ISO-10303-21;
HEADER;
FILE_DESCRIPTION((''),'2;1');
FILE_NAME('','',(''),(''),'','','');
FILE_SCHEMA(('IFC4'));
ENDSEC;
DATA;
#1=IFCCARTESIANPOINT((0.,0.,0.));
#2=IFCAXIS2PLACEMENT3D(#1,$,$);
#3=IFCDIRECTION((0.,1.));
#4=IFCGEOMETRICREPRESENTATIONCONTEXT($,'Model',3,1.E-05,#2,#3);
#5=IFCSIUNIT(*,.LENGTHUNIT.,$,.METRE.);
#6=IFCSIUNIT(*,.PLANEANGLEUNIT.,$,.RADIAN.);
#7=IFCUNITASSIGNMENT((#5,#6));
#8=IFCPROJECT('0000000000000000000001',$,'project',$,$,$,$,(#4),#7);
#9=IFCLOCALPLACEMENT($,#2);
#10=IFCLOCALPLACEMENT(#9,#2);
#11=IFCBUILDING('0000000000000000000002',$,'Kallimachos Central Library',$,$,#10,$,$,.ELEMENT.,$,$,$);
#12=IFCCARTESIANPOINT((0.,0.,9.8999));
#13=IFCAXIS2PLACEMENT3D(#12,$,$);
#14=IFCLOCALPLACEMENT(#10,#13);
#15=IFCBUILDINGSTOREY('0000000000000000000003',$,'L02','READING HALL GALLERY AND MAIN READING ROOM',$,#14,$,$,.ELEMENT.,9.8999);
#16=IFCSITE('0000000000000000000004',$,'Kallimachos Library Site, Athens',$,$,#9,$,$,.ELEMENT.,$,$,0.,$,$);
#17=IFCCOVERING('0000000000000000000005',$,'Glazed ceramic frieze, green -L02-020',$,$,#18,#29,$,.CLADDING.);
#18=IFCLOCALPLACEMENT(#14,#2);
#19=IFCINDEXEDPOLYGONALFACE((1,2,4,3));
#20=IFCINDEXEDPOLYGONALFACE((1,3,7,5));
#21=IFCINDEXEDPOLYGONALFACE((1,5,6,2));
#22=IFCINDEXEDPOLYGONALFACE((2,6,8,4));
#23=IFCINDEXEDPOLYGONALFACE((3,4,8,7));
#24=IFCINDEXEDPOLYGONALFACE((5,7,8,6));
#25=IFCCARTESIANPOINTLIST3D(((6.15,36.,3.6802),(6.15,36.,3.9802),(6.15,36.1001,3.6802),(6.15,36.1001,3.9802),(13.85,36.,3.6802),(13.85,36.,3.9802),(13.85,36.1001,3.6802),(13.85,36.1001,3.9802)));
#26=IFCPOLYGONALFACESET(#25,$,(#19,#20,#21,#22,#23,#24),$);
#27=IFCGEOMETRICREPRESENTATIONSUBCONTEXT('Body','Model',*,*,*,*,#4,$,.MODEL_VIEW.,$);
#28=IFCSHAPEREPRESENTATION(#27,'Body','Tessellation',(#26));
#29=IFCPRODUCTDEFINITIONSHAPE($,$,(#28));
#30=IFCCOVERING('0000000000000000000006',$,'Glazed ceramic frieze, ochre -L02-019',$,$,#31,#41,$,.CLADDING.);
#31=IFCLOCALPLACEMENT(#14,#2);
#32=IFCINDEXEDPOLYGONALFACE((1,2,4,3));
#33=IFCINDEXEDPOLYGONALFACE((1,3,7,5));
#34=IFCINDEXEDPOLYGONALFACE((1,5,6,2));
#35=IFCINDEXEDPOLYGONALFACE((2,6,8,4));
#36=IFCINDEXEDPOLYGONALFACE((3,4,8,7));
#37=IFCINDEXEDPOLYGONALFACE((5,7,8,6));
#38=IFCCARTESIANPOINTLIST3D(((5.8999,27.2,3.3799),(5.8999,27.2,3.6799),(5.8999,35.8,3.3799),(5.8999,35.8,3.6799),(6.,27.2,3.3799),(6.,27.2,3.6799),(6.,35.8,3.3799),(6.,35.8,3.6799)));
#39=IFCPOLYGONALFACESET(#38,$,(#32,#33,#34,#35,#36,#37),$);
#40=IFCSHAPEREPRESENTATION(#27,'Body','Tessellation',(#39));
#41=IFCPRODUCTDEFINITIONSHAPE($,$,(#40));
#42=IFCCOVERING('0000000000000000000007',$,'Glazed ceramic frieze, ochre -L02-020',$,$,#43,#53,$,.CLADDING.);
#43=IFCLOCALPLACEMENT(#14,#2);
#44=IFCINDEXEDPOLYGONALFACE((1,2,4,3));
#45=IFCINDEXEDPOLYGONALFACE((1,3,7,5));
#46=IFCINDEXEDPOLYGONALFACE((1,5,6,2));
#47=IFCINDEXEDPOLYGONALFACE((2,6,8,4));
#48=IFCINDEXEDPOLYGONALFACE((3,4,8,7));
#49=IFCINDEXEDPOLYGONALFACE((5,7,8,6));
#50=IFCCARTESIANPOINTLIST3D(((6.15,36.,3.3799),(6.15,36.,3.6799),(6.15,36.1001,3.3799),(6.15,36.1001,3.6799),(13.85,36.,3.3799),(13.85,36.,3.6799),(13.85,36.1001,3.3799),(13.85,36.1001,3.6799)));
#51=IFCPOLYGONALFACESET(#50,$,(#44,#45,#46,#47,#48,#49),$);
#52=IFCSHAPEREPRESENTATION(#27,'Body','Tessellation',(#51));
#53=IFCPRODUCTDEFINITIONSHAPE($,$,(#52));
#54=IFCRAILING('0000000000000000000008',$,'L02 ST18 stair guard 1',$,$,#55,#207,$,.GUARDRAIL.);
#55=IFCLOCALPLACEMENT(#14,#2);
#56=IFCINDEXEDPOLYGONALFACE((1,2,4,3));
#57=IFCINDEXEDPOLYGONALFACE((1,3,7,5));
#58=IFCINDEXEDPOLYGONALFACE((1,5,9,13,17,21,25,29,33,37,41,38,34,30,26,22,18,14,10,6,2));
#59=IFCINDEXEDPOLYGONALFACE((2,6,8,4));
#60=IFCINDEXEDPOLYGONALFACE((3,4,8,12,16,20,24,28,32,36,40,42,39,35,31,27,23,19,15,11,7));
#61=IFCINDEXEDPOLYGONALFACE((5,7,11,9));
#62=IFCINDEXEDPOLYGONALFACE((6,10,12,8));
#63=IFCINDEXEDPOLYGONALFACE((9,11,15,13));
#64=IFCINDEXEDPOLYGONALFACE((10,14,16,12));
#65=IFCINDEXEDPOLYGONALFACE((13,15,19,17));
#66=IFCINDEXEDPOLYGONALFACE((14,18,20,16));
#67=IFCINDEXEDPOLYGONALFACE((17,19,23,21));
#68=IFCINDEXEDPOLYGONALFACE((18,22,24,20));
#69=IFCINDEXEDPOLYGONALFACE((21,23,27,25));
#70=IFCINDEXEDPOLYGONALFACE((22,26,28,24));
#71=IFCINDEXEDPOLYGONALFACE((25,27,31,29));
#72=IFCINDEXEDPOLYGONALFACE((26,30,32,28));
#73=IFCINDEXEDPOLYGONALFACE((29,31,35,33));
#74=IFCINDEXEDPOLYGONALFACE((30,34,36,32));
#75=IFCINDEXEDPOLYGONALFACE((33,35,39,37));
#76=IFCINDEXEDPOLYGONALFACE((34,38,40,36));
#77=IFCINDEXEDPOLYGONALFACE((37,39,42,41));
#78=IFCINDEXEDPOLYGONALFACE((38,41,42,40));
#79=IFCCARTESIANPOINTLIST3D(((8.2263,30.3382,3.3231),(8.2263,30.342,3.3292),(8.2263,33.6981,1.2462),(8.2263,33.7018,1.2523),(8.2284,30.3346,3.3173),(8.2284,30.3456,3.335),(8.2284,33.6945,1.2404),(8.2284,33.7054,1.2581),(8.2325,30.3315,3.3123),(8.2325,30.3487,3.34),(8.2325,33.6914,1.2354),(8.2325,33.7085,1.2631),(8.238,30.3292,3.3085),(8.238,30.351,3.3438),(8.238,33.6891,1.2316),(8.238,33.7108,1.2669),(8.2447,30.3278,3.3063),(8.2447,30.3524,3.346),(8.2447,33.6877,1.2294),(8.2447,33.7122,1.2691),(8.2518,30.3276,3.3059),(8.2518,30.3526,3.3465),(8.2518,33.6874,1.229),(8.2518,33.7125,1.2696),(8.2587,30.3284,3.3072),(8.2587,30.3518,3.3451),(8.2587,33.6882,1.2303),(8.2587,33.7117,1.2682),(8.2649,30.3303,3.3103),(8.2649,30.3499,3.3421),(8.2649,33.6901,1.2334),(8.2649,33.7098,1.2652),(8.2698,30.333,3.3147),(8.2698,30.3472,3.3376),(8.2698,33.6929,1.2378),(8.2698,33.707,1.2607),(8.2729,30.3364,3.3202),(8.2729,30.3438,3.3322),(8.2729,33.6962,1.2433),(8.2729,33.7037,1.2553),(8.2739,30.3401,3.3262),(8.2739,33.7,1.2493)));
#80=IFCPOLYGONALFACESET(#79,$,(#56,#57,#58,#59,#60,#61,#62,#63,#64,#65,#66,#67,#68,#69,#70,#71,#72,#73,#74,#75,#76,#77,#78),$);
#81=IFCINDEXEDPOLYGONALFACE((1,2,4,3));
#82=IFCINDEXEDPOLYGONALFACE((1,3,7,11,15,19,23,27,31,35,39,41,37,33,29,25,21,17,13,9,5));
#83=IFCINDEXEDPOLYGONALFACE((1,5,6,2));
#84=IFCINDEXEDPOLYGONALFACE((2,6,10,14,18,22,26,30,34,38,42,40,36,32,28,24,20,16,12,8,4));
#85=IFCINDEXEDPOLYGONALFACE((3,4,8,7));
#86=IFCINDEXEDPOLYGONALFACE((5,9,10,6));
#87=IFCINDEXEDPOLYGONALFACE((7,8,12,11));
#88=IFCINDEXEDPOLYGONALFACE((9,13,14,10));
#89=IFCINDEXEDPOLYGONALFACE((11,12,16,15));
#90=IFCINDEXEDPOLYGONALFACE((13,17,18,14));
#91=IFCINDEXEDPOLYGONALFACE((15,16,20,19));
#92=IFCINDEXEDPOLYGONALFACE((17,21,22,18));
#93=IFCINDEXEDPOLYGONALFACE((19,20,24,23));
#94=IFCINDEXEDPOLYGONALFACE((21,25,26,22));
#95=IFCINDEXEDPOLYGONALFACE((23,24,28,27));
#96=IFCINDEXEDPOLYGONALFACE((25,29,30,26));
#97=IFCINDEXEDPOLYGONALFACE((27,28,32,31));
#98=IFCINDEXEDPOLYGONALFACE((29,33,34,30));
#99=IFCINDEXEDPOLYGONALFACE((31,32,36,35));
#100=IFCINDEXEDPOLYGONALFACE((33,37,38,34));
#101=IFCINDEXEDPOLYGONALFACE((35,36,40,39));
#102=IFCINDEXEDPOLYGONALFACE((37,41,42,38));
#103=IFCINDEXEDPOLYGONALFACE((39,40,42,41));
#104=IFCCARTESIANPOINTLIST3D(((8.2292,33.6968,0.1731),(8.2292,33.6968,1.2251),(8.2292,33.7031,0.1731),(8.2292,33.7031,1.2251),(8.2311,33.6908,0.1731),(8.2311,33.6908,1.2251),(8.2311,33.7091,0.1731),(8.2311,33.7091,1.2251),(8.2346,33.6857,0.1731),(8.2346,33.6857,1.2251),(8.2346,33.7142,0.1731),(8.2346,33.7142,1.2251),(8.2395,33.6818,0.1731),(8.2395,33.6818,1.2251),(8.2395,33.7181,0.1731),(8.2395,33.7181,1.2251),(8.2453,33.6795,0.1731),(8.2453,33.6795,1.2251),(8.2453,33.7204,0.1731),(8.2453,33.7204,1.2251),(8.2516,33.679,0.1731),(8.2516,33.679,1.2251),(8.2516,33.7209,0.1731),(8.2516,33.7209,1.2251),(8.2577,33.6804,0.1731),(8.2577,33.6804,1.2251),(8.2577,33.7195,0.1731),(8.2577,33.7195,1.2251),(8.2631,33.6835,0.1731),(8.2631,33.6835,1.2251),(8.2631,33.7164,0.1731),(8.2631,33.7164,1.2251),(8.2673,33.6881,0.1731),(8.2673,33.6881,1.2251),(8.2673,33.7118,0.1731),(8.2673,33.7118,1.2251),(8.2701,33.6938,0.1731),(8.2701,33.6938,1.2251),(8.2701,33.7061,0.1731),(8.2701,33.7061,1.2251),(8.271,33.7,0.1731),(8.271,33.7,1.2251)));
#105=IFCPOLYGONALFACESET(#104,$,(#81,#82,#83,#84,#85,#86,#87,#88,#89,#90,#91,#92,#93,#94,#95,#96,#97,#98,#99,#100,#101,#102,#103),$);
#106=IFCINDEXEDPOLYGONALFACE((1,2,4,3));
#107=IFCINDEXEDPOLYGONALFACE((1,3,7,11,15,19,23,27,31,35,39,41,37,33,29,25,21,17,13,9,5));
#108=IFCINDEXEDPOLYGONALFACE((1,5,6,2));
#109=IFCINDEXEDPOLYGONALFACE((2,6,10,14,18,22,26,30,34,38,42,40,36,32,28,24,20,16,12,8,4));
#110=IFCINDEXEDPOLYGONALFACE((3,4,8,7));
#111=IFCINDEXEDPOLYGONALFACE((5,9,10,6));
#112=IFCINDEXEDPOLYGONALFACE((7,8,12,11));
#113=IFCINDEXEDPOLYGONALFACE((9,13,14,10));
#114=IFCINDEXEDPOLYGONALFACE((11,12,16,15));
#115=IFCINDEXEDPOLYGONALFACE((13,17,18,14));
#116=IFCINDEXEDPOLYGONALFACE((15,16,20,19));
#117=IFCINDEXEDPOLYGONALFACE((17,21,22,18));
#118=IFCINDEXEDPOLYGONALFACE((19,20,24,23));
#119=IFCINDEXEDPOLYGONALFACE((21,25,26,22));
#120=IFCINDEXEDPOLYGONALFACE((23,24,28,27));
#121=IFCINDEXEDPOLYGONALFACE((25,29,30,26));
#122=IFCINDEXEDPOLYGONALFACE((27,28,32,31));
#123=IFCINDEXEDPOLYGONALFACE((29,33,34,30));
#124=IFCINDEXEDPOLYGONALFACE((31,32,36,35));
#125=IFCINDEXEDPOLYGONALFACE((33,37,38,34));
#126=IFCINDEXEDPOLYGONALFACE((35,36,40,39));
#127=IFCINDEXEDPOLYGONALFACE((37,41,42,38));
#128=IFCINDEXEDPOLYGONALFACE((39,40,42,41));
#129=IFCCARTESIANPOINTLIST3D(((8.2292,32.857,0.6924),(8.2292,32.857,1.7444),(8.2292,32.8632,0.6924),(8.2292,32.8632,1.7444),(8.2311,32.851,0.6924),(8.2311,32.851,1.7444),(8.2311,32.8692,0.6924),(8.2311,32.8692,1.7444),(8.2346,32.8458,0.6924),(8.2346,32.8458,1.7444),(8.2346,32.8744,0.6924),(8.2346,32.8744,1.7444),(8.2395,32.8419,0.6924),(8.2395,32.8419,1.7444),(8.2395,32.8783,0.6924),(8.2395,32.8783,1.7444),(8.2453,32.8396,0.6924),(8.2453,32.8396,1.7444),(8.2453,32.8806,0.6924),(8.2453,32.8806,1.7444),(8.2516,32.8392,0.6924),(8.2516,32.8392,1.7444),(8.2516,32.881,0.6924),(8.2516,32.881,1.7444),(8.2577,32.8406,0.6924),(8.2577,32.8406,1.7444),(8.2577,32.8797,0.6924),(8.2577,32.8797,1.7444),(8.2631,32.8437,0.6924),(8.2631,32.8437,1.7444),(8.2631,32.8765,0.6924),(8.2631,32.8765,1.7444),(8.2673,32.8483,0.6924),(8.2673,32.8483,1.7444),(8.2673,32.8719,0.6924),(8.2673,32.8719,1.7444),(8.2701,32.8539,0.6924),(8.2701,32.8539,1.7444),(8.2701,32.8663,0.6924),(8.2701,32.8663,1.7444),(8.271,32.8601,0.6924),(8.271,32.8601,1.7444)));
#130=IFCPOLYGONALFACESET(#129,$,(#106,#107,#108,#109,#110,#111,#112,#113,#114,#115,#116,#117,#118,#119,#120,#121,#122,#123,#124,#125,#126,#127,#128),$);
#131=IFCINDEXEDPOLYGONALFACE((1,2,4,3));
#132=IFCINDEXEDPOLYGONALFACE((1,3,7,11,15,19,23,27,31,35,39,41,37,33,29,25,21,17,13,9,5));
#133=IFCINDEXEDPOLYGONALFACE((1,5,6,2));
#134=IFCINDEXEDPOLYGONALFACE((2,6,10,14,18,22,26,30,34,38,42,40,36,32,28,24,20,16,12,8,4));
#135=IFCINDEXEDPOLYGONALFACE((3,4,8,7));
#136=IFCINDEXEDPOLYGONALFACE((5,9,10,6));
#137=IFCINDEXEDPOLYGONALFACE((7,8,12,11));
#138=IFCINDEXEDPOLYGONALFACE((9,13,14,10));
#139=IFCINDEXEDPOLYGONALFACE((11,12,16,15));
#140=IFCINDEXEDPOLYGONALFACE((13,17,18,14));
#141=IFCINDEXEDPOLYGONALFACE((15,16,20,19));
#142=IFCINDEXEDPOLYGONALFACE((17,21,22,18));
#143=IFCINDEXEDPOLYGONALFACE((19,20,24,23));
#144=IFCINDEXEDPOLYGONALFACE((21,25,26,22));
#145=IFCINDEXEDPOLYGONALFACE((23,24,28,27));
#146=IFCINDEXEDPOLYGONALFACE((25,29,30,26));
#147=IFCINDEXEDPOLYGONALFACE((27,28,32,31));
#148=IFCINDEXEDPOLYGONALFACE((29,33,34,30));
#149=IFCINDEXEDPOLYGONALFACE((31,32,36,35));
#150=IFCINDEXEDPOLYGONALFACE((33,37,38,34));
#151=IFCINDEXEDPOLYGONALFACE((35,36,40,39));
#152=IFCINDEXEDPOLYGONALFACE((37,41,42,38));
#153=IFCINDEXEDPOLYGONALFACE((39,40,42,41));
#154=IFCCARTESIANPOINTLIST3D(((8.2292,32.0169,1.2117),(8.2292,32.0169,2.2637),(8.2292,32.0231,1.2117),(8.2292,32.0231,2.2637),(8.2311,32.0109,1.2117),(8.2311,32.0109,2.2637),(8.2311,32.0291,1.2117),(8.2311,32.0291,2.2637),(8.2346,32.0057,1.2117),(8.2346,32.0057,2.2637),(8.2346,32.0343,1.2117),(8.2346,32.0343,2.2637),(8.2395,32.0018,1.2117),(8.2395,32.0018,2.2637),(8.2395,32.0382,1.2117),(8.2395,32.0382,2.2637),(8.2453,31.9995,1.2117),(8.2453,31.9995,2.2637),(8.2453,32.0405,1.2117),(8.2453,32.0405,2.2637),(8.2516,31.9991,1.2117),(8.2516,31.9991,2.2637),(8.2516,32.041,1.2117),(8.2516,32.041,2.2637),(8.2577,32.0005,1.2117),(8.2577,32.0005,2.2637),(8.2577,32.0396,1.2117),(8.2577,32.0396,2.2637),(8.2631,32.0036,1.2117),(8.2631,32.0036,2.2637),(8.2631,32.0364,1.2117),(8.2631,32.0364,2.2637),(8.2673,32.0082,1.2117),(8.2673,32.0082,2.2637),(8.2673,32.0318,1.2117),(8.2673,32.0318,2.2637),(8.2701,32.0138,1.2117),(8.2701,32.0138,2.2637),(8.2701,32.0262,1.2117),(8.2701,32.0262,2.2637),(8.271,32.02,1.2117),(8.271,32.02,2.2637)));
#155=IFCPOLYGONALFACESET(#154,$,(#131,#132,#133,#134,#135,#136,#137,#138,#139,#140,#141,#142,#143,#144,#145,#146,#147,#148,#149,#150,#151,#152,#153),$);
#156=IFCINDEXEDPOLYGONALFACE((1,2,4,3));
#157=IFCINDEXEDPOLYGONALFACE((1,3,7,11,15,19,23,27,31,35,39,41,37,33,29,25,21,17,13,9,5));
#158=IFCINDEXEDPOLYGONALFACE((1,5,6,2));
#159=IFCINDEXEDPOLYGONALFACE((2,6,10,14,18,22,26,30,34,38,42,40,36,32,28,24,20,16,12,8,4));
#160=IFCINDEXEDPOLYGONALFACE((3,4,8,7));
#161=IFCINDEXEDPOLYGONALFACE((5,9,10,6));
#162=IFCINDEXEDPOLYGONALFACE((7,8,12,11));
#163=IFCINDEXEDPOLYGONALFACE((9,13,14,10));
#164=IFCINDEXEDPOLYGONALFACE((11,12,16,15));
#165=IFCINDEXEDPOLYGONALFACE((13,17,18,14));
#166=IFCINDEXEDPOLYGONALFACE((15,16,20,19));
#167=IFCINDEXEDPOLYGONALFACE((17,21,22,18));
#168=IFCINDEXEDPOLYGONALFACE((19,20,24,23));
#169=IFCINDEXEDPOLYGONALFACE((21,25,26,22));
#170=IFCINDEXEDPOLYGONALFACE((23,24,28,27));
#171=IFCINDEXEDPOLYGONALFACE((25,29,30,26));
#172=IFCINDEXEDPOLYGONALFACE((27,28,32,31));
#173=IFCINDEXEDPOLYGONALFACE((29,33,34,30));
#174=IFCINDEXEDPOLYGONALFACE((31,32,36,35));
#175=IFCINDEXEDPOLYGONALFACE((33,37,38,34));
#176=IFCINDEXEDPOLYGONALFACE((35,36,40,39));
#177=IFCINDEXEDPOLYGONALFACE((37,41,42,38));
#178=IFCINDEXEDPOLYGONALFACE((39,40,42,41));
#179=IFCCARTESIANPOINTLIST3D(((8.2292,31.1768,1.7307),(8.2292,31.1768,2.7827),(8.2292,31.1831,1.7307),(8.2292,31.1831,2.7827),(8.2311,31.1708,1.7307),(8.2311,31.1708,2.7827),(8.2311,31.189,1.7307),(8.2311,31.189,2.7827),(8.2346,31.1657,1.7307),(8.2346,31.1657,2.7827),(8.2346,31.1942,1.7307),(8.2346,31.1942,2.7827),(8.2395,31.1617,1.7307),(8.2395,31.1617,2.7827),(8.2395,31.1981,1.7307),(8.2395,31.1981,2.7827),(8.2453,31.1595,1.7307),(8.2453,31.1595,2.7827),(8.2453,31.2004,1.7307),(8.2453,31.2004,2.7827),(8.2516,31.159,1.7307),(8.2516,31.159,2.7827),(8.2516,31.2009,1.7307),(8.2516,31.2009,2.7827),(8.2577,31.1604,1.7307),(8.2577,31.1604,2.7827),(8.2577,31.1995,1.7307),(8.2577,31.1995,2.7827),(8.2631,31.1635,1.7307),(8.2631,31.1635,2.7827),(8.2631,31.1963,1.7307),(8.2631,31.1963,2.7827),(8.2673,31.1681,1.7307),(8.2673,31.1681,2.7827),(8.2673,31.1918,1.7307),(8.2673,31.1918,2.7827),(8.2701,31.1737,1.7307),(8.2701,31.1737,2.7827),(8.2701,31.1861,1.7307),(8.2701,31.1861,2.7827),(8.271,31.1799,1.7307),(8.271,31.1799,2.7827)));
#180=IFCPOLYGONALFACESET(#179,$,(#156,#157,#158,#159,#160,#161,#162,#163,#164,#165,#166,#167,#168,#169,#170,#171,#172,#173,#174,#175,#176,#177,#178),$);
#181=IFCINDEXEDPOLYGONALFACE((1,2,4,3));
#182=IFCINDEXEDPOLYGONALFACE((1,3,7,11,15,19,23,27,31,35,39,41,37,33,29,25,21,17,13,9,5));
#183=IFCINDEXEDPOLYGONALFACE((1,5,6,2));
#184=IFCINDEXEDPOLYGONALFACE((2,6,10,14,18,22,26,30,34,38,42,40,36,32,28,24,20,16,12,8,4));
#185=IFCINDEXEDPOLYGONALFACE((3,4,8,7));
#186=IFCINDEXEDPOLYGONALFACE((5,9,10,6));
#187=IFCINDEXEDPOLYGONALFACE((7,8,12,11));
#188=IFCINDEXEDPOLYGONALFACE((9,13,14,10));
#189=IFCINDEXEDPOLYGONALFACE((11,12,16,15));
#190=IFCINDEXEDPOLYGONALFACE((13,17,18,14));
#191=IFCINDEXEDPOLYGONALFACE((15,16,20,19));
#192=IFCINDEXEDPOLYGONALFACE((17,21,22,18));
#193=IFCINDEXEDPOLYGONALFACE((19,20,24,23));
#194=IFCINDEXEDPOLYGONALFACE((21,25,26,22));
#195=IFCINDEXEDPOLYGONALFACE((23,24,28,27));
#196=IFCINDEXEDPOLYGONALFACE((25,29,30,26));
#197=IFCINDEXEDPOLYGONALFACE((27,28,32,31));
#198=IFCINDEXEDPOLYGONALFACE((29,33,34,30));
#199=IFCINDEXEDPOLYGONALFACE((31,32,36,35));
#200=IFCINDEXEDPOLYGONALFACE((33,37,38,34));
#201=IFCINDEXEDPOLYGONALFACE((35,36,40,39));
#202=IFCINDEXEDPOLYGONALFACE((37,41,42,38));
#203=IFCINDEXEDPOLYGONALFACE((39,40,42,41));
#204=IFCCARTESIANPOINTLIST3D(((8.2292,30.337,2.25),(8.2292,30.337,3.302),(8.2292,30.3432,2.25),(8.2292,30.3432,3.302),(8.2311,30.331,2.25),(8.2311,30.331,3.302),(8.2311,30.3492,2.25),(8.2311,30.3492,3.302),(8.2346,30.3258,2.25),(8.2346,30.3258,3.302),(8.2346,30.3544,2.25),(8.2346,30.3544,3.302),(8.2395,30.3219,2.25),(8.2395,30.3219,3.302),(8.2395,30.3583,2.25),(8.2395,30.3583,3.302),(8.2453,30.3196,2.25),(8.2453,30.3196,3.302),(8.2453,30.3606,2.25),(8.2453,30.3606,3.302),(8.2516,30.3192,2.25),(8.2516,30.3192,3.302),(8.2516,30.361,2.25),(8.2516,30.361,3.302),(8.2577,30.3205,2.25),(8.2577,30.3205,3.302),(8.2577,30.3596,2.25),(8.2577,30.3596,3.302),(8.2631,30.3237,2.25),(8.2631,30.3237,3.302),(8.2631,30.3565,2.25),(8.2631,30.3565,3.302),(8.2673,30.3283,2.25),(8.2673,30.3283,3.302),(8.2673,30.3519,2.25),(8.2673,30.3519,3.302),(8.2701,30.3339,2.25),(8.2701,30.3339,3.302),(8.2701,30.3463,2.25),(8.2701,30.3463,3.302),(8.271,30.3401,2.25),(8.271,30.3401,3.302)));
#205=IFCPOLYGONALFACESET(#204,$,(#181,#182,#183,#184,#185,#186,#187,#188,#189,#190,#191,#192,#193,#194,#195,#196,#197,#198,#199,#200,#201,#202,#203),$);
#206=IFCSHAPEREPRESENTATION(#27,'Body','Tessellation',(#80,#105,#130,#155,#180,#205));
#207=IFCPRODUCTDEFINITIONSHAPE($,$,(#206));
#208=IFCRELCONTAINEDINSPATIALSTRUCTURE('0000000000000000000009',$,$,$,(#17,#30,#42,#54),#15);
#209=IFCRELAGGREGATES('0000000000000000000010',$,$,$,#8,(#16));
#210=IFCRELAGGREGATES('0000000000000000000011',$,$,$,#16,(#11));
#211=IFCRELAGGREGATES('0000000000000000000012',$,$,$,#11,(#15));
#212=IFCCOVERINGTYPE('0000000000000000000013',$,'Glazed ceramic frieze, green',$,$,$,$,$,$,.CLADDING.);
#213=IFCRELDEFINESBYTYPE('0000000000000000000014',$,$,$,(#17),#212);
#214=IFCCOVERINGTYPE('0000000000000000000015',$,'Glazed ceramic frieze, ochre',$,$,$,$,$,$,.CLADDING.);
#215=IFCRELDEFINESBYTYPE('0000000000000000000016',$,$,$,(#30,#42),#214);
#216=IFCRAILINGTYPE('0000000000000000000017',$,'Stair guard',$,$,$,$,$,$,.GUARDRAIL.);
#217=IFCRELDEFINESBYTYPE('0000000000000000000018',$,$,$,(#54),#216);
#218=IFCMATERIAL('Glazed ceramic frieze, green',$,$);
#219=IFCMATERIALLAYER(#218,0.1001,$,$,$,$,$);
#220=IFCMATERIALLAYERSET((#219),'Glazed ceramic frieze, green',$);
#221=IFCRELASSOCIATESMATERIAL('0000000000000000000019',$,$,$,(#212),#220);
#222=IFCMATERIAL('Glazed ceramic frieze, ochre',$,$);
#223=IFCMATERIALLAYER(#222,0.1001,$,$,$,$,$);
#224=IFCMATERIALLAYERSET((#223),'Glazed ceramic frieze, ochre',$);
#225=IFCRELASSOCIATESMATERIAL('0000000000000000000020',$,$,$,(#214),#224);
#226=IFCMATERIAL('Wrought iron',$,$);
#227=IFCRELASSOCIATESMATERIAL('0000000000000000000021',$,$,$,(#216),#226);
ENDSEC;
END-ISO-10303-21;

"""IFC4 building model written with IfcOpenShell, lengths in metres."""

from ifc_helpers import new_model, si_unit, direction, frame, origin, origin_2d, place, context, subcontext, project, spatial, rectangle, circle, extrude, material, layer, layer_set, type_object, element, save


model = new_model("IFC4")

# Units and contexts
model_context = context("Model", 3, precision=1e-05, world=origin(), true_north=direction((0.0, 1.0)))
body_context = subcontext(model_context, "Body", "Model", "MODEL_VIEW")
ifc_project = project(units=[si_unit("LENGTHUNIT", "METRE"), si_unit("PLANEANGLEUNIT", "RADIAN")], contexts=[model_context])

# Site, building, storey
site_placement = place(None, origin())
site = spatial("IfcSite", under=ifc_project, at=site_placement, Name="Kallimachos Library Site, Athens", CompositionType="ELEMENT", RefElevation=0.0)
building_placement = place(site_placement, origin())
building = spatial("IfcBuilding", under=site, at=building_placement, Name="Kallimachos Central Library", CompositionType="ELEMENT")
storey_placement = place(building_placement, frame((0.0, 0.0, 9.8999)))
storey = spatial("IfcBuildingStorey", under=building, at=storey_placement, Name="L02", Description="READING HALL GALLERY AND MAIN READING ROOM", CompositionType="ELEMENT", Elevation=9.8999)

# Coverings
ifc_material_1 = material(Name="Glazed ceramic frieze, green")
ifc_layer_1 = layer(ifc_material_1, 0.1001)
ifc_layer_set_1 = layer_set([ifc_layer_1], Name="Glazed ceramic frieze, green")
covering_type_1 = type_object("IfcCoveringType", Name="Glazed ceramic frieze, green", PredefinedType="CLADDING", material=ifc_layer_set_1)
covering_1_placement = place(storey_placement, frame((10.0, 36.05, 3.6802), z_axis=(0.0, 0.0, 1.0), x_axis=(1.0, 0.0, 0.0)))
element("IfcCovering", 1, at=covering_1_placement, inside=storey, type_object=covering_type_1, Name="Glazed ceramic frieze, green -L02-020", PredefinedType="CLADDING", context=body_context, shape_type="SweptSolid", body=[
    extrude(rectangle(XDim=7.7, YDim=0.1001, at=origin_2d()), origin(), (0.0, 0.0, 1.0), 0.3),
])
ifc_material_2 = material(Name="Glazed ceramic frieze, ochre")
ifc_layer_2 = layer(ifc_material_2, 0.1001)
ifc_layer_set_2 = layer_set([ifc_layer_2], Name="Glazed ceramic frieze, ochre")
covering_type_2 = type_object("IfcCoveringType", Name="Glazed ceramic frieze, ochre", PredefinedType="CLADDING", material=ifc_layer_set_2)
covering_2_placement = place(storey_placement, frame((5.95, 31.5, 3.3799), z_axis=(0.0, 0.0, 1.0), x_axis=(1.0, 0.0, 0.0)))
element("IfcCovering", 2, at=covering_2_placement, inside=storey, type_object=covering_type_2, Name="Glazed ceramic frieze, ochre -L02-019", PredefinedType="CLADDING", context=body_context, shape_type="SweptSolid", body=[
    extrude(rectangle(XDim=0.1001, YDim=8.6001, at=origin_2d()), origin(), (0.0, 0.0, 1.0), 0.3),
])
covering_3_placement = place(storey_placement, frame((10.0, 36.05, 3.3799), z_axis=(0.0, 0.0, 1.0), x_axis=(1.0, 0.0, 0.0)))
element("IfcCovering", 3, at=covering_3_placement, inside=storey, type_object=covering_type_2, Name="Glazed ceramic frieze, ochre -L02-020", PredefinedType="CLADDING", context=body_context, shape_type="SweptSolid", body=[
    extrude(rectangle(XDim=7.7, YDim=0.1001, at=origin_2d()), origin(), (0.0, 0.0, 1.0), 0.3),
])

# Railing
ifc_material_3 = material(Name="Wrought iron")
railing_type_1 = type_object("IfcRailingType", Name="Stair guard", PredefinedType="GUARDRAIL", material=ifc_material_3)
railing_1_placement = place(storey_placement, frame((8.25, 33.7, 0.1731)))
element("IfcRailing", 4, at=railing_1_placement, inside=storey, type_object=railing_type_1, Name="L02 ST18 stair guard 1", PredefinedType="GUARDRAIL", context=body_context, shape_type="SweptSolid", body=[
    extrude(circle(Radius=0.0239, at=origin_2d()), frame((0.0, 0.0, 1.0762), z_axis=(0.0, -0.850606, 0.525803), x_axis=(1.0, 0.0, 0.0)), (0.0, 0.0, 1.0), 3.95),
    extrude(circle(Radius=0.021, at=origin_2d()), origin(), (0.0, 0.0, 1.0), 1.052),
    extrude(circle(Radius=0.021, at=origin_2d()), frame((0.0, -0.8398, 0.5193)), (0.0, 0.0, 1.0), 1.052),
    extrude(circle(Radius=0.021, at=origin_2d()), frame((0.0, -1.6799, 1.0386)), (0.0, 0.0, 1.0), 1.052),
    extrude(circle(Radius=0.021, at=origin_2d()), frame((0.0, -2.52, 1.5576)), (0.0, 0.0, 1.0), 1.052),
    extrude(circle(Radius=0.021, at=origin_2d()), frame((0.0, -3.3599, 2.0769)), (0.0, 0.0, 1.0), 1.052),
])

save(model, "model.ifc")
